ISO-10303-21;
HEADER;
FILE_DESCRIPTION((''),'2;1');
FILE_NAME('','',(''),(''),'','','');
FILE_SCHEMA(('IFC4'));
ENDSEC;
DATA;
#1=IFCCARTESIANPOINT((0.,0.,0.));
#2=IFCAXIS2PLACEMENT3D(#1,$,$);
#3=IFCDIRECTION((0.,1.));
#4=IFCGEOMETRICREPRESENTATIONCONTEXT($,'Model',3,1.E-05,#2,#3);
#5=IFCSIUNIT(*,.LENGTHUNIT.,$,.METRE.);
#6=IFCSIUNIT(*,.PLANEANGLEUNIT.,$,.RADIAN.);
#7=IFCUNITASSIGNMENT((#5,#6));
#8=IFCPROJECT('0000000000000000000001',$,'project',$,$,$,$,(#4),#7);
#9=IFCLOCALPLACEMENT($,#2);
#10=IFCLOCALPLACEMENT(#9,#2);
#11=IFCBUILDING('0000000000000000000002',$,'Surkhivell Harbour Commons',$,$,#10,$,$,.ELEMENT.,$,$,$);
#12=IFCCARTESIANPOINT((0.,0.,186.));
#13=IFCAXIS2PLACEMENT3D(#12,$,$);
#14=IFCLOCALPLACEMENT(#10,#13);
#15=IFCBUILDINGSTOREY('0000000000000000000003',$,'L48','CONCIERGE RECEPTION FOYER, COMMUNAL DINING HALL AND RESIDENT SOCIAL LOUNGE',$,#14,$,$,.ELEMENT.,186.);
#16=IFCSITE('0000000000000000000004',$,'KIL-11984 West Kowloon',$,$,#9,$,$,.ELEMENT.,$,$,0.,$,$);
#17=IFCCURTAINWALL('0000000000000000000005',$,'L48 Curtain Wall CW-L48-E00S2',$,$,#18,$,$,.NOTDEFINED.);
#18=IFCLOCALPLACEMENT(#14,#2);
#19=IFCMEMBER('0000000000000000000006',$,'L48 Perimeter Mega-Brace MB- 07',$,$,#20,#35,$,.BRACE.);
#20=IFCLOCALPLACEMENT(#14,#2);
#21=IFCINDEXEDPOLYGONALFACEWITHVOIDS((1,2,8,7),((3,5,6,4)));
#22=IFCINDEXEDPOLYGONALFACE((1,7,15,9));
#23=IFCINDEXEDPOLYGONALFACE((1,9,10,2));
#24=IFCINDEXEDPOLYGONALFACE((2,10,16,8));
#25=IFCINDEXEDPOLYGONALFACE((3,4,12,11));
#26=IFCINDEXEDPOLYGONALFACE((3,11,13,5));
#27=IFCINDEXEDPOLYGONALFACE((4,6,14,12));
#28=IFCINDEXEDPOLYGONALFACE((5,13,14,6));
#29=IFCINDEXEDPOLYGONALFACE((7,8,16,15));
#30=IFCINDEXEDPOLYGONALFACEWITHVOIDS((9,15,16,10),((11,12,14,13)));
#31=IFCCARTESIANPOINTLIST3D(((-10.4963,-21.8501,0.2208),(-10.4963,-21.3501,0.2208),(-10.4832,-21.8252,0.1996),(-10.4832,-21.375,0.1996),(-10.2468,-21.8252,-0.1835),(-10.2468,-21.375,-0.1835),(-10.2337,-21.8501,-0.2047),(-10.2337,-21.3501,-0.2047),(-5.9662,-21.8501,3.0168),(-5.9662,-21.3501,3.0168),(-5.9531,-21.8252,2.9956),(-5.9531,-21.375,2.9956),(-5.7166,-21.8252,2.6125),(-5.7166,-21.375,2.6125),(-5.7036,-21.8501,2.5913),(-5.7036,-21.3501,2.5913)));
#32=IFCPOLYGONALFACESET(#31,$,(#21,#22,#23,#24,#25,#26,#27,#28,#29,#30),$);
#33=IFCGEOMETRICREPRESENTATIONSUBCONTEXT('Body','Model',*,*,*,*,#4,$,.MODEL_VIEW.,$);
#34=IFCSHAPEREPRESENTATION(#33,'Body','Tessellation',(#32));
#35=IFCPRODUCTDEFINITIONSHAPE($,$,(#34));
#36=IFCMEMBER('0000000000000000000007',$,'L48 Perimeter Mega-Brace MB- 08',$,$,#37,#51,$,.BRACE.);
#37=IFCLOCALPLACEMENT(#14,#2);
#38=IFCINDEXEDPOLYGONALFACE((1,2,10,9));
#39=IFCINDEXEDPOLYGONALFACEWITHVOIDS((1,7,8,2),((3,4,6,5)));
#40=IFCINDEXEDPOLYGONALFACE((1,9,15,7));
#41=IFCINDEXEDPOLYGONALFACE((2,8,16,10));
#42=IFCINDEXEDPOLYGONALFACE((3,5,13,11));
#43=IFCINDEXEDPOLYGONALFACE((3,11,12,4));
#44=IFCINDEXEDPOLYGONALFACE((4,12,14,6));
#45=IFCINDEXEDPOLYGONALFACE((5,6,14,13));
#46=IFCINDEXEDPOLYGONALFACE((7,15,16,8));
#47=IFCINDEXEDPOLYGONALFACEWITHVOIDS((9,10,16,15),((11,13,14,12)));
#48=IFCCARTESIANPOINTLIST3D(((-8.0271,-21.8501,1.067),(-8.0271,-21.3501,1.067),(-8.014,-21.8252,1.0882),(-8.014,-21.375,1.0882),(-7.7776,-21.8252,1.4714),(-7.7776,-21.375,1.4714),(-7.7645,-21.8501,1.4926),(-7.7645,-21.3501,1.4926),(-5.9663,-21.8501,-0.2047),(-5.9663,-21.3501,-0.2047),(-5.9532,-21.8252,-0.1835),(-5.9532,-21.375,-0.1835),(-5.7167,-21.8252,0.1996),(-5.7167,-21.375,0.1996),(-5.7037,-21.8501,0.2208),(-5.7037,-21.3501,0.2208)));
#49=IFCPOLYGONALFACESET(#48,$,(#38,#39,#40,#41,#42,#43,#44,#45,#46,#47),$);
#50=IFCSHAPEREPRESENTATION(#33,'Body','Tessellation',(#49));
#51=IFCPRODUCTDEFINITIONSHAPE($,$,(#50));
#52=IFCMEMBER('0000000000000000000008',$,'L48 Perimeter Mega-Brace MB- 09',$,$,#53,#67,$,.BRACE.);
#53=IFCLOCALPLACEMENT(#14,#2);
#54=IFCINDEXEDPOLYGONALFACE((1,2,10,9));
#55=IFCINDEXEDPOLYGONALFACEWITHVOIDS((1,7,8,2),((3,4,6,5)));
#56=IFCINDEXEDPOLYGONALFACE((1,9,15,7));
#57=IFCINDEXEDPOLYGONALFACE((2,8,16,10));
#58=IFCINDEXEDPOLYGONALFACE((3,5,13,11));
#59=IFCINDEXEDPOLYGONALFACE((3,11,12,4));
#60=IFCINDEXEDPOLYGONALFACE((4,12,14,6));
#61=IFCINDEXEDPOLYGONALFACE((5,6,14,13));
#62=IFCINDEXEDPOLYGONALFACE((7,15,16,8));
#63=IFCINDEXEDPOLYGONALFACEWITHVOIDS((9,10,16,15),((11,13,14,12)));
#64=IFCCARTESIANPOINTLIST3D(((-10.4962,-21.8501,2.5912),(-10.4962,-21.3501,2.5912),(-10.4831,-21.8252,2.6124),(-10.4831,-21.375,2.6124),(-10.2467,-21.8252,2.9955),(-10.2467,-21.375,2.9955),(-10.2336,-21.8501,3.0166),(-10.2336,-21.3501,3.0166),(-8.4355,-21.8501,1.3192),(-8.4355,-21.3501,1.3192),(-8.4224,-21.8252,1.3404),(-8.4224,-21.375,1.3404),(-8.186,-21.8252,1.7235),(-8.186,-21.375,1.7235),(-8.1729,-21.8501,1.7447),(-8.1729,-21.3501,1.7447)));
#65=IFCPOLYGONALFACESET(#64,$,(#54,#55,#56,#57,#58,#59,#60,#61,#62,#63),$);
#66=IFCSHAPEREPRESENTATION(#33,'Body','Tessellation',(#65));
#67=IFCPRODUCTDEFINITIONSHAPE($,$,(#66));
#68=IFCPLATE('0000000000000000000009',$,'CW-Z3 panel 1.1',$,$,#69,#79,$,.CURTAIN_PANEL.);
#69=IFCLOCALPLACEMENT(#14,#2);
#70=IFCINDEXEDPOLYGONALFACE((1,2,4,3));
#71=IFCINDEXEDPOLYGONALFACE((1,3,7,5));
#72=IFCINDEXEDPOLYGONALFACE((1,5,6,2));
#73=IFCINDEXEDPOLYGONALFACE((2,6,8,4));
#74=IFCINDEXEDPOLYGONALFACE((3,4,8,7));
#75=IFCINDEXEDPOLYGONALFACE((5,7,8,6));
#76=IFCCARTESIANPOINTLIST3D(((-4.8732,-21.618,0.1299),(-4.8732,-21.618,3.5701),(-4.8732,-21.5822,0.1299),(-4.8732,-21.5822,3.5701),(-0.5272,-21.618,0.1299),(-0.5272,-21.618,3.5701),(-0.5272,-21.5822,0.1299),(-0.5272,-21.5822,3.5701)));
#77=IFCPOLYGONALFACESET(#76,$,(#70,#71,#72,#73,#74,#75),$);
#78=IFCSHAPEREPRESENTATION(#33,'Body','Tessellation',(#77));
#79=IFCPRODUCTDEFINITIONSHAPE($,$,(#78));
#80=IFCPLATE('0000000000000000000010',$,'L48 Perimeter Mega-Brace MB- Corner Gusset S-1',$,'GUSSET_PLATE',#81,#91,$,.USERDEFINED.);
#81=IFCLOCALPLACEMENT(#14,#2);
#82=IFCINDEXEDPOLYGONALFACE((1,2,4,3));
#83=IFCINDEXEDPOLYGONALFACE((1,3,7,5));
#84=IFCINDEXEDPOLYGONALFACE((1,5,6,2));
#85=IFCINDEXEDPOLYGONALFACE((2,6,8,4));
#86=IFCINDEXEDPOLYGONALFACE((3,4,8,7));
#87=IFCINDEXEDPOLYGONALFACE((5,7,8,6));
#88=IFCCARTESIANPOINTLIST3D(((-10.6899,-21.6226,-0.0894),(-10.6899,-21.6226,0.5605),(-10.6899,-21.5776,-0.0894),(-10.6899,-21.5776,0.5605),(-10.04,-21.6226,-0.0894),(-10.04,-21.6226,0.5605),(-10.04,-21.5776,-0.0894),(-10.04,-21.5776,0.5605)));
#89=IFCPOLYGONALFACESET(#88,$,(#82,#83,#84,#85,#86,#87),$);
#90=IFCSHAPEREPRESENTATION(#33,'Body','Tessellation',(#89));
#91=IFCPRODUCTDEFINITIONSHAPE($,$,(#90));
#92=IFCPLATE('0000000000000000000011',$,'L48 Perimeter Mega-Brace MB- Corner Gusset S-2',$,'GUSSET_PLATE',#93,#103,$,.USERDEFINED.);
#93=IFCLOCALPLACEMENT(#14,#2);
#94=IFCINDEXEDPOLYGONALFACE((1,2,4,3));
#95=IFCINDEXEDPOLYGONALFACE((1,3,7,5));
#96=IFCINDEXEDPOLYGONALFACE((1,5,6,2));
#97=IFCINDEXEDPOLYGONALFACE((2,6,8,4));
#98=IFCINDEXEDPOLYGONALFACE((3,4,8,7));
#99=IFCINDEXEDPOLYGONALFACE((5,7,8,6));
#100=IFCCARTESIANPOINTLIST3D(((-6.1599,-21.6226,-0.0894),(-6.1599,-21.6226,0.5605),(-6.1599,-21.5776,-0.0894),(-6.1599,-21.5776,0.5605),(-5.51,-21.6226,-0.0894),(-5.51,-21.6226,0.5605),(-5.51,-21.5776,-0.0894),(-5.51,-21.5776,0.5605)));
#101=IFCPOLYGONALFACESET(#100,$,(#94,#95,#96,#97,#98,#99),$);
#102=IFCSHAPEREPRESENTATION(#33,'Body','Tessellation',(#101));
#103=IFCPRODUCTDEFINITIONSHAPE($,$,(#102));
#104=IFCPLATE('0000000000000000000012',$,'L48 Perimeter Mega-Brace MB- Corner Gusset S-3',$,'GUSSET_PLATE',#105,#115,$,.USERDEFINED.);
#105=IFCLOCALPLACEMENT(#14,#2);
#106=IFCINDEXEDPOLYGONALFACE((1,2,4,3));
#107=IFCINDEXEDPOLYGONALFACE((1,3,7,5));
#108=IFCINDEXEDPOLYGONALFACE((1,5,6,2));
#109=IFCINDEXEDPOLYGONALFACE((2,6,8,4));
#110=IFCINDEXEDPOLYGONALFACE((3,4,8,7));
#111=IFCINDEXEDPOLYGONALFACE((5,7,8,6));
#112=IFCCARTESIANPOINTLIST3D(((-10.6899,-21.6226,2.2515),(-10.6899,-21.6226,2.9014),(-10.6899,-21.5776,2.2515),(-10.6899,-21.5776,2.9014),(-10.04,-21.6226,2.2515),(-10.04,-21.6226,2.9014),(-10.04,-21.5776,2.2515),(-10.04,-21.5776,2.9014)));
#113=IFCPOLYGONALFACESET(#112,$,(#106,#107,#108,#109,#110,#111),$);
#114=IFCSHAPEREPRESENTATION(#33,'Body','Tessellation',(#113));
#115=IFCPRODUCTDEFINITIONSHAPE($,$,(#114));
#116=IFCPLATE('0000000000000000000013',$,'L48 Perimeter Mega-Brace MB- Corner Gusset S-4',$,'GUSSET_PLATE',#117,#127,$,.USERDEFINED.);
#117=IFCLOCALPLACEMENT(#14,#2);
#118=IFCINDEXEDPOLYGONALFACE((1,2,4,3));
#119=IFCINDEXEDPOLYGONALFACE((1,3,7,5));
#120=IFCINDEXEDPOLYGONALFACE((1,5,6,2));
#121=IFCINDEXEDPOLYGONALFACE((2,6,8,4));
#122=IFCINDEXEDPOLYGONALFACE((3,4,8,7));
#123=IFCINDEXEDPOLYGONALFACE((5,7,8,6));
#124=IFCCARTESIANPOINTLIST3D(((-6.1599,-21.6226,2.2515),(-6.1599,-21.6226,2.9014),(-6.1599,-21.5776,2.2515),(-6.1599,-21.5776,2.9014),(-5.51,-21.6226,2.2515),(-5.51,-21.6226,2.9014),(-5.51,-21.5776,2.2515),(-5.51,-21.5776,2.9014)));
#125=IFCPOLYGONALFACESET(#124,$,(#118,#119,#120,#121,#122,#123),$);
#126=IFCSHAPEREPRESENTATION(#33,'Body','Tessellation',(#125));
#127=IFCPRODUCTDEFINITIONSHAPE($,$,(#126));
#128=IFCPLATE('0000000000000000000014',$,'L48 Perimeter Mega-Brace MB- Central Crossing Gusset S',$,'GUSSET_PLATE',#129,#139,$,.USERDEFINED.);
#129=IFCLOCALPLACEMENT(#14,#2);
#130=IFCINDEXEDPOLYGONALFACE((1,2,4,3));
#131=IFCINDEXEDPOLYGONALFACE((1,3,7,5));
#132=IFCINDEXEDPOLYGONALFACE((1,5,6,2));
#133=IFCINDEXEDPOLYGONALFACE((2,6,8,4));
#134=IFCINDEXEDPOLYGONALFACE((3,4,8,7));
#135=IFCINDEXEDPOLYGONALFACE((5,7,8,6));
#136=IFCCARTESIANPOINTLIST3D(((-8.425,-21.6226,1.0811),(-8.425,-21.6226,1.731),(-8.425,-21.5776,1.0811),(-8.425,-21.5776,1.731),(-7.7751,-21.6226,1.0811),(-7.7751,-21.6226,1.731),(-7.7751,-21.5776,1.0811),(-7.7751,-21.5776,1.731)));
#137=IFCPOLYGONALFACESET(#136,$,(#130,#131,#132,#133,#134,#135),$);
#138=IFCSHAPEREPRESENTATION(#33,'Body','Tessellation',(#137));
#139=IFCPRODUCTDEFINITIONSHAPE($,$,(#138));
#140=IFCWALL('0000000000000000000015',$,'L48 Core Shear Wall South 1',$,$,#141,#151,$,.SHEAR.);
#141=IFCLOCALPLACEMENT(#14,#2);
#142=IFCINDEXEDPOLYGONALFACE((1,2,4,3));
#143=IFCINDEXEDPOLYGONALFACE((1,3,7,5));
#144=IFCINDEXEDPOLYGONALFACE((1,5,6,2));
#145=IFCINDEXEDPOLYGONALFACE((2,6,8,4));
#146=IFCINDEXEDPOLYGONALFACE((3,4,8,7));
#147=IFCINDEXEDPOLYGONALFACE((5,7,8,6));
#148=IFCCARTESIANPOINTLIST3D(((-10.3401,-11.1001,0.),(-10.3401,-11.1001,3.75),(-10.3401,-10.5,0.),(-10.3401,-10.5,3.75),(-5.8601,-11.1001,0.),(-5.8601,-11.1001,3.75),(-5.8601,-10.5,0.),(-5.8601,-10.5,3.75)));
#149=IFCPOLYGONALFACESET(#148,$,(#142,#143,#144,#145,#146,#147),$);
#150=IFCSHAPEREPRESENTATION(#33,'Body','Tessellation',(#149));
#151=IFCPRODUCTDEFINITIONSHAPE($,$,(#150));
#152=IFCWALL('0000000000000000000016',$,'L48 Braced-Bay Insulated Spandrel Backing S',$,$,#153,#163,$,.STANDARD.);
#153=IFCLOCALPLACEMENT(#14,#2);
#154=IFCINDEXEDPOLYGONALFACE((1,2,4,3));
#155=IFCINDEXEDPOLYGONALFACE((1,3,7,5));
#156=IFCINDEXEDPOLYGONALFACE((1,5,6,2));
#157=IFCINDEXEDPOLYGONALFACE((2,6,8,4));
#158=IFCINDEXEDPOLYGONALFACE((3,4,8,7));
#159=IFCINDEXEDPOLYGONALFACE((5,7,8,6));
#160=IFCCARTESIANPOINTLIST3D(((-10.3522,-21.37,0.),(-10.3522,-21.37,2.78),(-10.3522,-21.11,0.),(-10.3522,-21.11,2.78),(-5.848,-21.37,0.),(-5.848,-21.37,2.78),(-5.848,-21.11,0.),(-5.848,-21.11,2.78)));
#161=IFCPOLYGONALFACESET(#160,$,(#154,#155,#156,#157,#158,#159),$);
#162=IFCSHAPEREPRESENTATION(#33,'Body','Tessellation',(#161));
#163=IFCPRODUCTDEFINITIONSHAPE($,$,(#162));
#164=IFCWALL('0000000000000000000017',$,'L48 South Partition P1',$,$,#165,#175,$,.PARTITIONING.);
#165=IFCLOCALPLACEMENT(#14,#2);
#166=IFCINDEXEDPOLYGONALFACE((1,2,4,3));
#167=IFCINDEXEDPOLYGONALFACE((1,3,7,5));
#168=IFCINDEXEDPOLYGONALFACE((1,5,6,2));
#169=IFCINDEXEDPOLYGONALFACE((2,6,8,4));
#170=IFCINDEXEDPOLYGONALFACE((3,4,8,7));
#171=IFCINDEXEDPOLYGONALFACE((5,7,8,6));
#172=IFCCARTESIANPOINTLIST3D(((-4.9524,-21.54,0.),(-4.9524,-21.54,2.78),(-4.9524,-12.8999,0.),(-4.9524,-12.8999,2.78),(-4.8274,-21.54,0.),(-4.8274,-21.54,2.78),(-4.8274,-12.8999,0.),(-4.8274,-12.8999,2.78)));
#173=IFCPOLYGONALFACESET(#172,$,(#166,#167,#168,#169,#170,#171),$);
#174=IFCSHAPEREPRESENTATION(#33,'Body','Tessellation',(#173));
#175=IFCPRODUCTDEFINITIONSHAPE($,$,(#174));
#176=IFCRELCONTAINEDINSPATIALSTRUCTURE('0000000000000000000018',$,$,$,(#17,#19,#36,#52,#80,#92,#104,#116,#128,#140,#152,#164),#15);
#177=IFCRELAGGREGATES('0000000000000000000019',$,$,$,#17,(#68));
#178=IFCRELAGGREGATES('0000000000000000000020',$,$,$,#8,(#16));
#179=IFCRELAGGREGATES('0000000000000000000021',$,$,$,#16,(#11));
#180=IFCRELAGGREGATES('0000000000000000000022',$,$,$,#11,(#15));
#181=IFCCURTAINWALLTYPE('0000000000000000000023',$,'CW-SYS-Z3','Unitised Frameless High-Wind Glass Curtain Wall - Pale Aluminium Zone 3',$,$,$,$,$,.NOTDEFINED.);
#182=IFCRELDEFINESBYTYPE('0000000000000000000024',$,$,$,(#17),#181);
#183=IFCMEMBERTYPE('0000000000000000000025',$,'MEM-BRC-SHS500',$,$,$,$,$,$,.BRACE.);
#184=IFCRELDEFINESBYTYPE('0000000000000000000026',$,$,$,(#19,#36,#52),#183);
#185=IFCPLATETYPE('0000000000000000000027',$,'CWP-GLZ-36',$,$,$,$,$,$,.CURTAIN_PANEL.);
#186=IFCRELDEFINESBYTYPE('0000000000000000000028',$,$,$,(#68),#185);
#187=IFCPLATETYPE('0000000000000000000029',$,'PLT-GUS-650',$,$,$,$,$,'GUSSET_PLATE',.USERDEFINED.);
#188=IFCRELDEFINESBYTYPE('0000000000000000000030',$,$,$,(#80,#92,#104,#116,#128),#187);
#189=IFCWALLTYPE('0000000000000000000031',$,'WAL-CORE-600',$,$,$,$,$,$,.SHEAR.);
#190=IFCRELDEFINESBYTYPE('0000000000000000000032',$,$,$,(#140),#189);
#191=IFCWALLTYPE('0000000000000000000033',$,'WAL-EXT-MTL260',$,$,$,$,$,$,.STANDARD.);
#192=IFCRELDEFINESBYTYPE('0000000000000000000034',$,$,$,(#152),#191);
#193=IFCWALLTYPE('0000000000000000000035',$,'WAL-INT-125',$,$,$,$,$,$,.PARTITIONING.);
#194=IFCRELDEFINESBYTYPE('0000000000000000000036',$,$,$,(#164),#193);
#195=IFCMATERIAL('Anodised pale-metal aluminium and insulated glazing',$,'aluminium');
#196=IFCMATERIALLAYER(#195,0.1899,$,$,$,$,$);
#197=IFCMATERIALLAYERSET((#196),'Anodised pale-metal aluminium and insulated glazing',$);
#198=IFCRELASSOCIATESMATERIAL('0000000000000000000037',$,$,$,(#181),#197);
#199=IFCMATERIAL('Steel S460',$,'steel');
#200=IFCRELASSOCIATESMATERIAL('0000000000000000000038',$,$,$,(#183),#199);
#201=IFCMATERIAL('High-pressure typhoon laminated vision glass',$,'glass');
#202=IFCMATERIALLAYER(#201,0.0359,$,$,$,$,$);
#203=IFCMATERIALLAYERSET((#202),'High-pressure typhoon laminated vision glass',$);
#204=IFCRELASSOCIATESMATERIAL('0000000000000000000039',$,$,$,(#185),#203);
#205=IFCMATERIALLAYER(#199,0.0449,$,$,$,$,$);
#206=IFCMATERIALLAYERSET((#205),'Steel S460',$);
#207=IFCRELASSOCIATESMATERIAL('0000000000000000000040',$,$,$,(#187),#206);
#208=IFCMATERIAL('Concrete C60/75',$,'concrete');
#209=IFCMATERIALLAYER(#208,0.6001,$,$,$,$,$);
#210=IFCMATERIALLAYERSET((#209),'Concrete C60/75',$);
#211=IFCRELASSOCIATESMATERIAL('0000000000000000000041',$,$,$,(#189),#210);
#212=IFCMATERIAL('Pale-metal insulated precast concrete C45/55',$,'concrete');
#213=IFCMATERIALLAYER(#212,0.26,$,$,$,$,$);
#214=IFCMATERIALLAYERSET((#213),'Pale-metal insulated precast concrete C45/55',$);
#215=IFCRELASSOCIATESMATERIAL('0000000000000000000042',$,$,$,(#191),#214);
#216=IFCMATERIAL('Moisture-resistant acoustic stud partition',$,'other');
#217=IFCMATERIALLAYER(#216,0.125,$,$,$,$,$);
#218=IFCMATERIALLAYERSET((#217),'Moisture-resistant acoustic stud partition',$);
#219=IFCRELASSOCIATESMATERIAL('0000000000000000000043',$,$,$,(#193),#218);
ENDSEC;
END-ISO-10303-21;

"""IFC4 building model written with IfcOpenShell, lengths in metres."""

from ifc_helpers import new_model, si_unit, direction, frame, frame_2d, origin, origin_2d, place, context, subcontext, project, spatial, rectangle, hollow_rectangle, extrude, material, layer, layer_set, material_profile, profile_set, type_object, element, aggregate, save


model = new_model("IFC4")

# Units and contexts
model_context = context("Model", 3, precision=1e-05, world=origin(), true_north=direction((0.0, 1.0)))
body_context = subcontext(model_context, "Body", "Model", "MODEL_VIEW")
ifc_project = project(units=[si_unit("LENGTHUNIT", "METRE"), si_unit("PLANEANGLEUNIT", "RADIAN")], contexts=[model_context])

# Site, building, storey
site_placement = place(None, origin())
site = spatial("IfcSite", under=ifc_project, at=site_placement, Name="KIL-11984 West Kowloon", CompositionType="ELEMENT", RefElevation=0.0)
building_placement = place(site_placement, origin())
building = spatial("IfcBuilding", under=site, at=building_placement, Name="Surkhivell Harbour Commons", CompositionType="ELEMENT")
storey_placement = place(building_placement, frame((0.0, 0.0, 186.0)))
storey = spatial("IfcBuildingStorey", under=building, at=storey_placement, Name="L48", Description="CONCIERGE RECEPTION FOYER, COMMUNAL DINING HALL AND RESIDENT SOCIAL LOUNGE", CompositionType="ELEMENT", Elevation=186.0)

# Shared definitions
ifc_material_1 = material(Name="Concrete C60/75", Category="concrete")

# Shared definitions
ifc_material_2 = material(Name="Anodised pale-metal aluminium and insulated glazing", Category="aluminium")
ifc_layer_1 = layer(ifc_material_2, 0.1899)
ifc_layer_set_1 = layer_set([ifc_layer_1], Name="Anodised pale-metal aluminium and insulated glazing")
curtain_wall_type = type_object("IfcCurtainWallType", Name="CW-SYS-Z3", Description="Unitised Frameless High-Wind Glass Curtain Wall - Pale Aluminium Zone 3", PredefinedType="NOTDEFINED", material=ifc_layer_set_1)

# Curtain wall
curtain_wall_1_placement = place(storey_placement, origin())
curtain_wall_1 = element("IfcCurtainWall", 1, at=curtain_wall_1_placement, inside=storey, type_object=curtain_wall_type, Name="L48 Curtain Wall CW-L48-E00S2", PredefinedType="NOTDEFINED")

# Members
ifc_material_3 = material(Name="Steel S460", Category="steel")
ifc_material_profile_1 = material_profile(ifc_material_3, hollow_rectangle(XDim=0.5, YDim=0.5, WallThickness=0.0249, at=origin_2d()), Name="SHS500x500x25")
ifc_profile_set_1 = profile_set([ifc_material_profile_1], Name="Steel S460")
member_type_1 = type_object("IfcMemberType", Name="MEM-BRC-SHS500", PredefinedType="BRACE", material=ifc_profile_set_1)
member_1_placement = place(storey_placement, frame((-10.365, -21.6001, 0.0081), z_axis=(0.850971, 0.0, 0.525213), x_axis=(0.0, 1.0, 0.0)))
element("IfcMember", 2, at=member_1_placement, inside=storey, type_object=member_type_1, Name="L48 Perimeter Mega-Brace MB- 07", PredefinedType="BRACE", context=body_context, shape_type="SweptSolid", body=[
    extrude(hollow_rectangle(XDim=0.5, YDim=0.5, WallThickness=0.0249, at=origin_2d()), origin(), (0.0, 0.0, 1.0), 5.3235),
])
for number, where, z_axis, x_axis, name in (
    (3, (-5.835, -21.6001, 0.0081), (-0.851003, 0.0, 0.52516), (0.0, -1.0, 0.0), "L48 Perimeter Mega-Brace MB- 08"),
    (4, (-8.3042, -21.6001, 1.532), (-0.850958, 0.0, 0.525233), (0.0, -1.0, 0.0), "L48 Perimeter Mega-Brace MB- 09"),
):
    element("IfcMember", number, at=place(storey_placement, frame(where, z_axis=z_axis, x_axis=x_axis)), inside=storey, type_object=member_type_1, Name=name, PredefinedType="BRACE", context=body_context, shape_type="SweptSolid", body=[
        extrude(hollow_rectangle(XDim=0.5, YDim=0.5, WallThickness=0.0249, at=origin_2d()), origin(), (0.0, 0.0, 1.0), 2.4216),
    ])

# Plate
ifc_material_4 = material(Name="High-pressure typhoon laminated vision glass", Category="glass")
ifc_layer_2 = layer(ifc_material_4, 0.0359)
ifc_layer_set_2 = layer_set([ifc_layer_2], Name="High-pressure typhoon laminated vision glass")
plate_type_1 = type_object("IfcPlateType", Name="CWP-GLZ-36", PredefinedType="CURTAIN_PANEL", material=ifc_layer_set_2)
plate_placement = place(storey_placement, frame((-4.873, -21.6001, 0.1299), z_axis=(0.0, 0.0, 1.0), x_axis=(1.0, 0.0, 0.0)))
plate = element("IfcPlate", 5, at=plate_placement, type_object=plate_type_1, Name="CW-Z3 panel 1.1", PredefinedType="CURTAIN_PANEL", context=body_context, shape_type="SweptSolid", body=[
    extrude(rectangle(XDim=4.3459, YDim=0.0359, at=frame_2d((2.1729, 0.0))), origin(), (0.0, 0.0, 1.0), 3.4402),
])
aggregate(curtain_wall_1, [plate])

# Plates
ifc_layer_3 = layer(ifc_material_3, 0.0449)
ifc_layer_set_3 = layer_set([ifc_layer_3], Name="Steel S460")
plate_type_2 = type_object("IfcPlateType", Name="PLT-GUS-650", ElementType="GUSSET_PLATE", PredefinedType="USERDEFINED", material=ifc_layer_set_3)
for number, where, z_axis, x_axis, name in (
    (6, (-10.365, -21.6001, -0.0894), (0.0, 0.0, 1.0), (1.0, 0.0, 0.0), "L48 Perimeter Mega-Brace MB- Corner Gusset S-1"),
    (7, (-5.835, -21.6001, -0.0894), (0.0, 0.0, 1.0), (1.0, 0.0, 0.0), "L48 Perimeter Mega-Brace MB- Corner Gusset S-2"),
    (8, (-10.365, -21.6001, 2.2515), (0.0, 0.0, 1.0), (1.0, 0.0, 0.0), "L48 Perimeter Mega-Brace MB- Corner Gusset S-3"),
    (9, (-5.835, -21.6001, 2.2515), (0.0, 0.0, 1.0), (1.0, 0.0, 0.0), "L48 Perimeter Mega-Brace MB- Corner Gusset S-4"),
    (10, (-8.1001, -21.6001, 1.0811), (0.0, 0.0, 1.0), (1.0, 0.0, 0.0), "L48 Perimeter Mega-Brace MB- Central Crossing Gusset S"),
):
    element("IfcPlate", number, at=place(storey_placement, frame(where, z_axis=z_axis, x_axis=x_axis)), inside=storey, type_object=plate_type_2, Name=name, ObjectType="GUSSET_PLATE", PredefinedType="USERDEFINED", context=body_context, shape_type="SweptSolid", body=[
        extrude(rectangle(XDim=0.6499, YDim=0.0449, at=origin_2d()), origin(), (0.0, 0.0, 1.0), 0.6499),
    ])

# Walls
ifc_layer_4 = layer(ifc_material_1, 0.6001)
ifc_layer_set_4 = layer_set([ifc_layer_4], Name="Concrete C60/75")
wall_type_1 = type_object("IfcWallType", Name="WAL-CORE-600", PredefinedType="SHEAR", material=ifc_layer_set_4)
wall_1_placement = place(storey_placement, frame((-10.3401, -10.8, 0.0), z_axis=(0.0, 0.0, 1.0), x_axis=(1.0, 0.0, 0.0)))
element("IfcWall", 11, at=wall_1_placement, inside=storey, type_object=wall_type_1, Name="L48 Core Shear Wall South 1", PredefinedType="SHEAR", context=body_context, shape_type="SweptSolid", body=[
    extrude(rectangle(XDim=4.48, YDim=0.6001, at=frame_2d((2.24, 0.0))), origin(), (0.0, 0.0, 1.0), 3.75),
])
ifc_material_5 = material(Name="Pale-metal insulated precast concrete C45/55", Category="concrete")
ifc_layer_5 = layer(ifc_material_5, 0.26)
ifc_layer_set_5 = layer_set([ifc_layer_5], Name="Pale-metal insulated precast concrete C45/55")
wall_type_2 = type_object("IfcWallType", Name="WAL-EXT-MTL260", PredefinedType="STANDARD", material=ifc_layer_set_5)
wall_2_placement = place(storey_placement, frame((-10.3521, -21.24, 0.0), z_axis=(0.0, 0.0, 1.0), x_axis=(1.0, 0.0, 0.0)))
element("IfcWall", 12, at=wall_2_placement, inside=storey, type_object=wall_type_2, Name="L48 Braced-Bay Insulated Spandrel Backing S", PredefinedType="STANDARD", context=body_context, shape_type="SweptSolid", body=[
    extrude(rectangle(XDim=4.5042, YDim=0.26, at=frame_2d((2.252, 0.0))), origin(), (0.0, 0.0, 1.0), 2.78),
])
ifc_material_6 = material(Name="Moisture-resistant acoustic stud partition", Category="other")
ifc_layer_6 = layer(ifc_material_6, 0.125)
ifc_layer_set_6 = layer_set([ifc_layer_6], Name="Moisture-resistant acoustic stud partition")
wall_type_3 = type_object("IfcWallType", Name="WAL-INT-125", PredefinedType="PARTITIONING", material=ifc_layer_set_6)
wall_3_placement = place(storey_placement, frame((-4.8899, -21.54, 0.0), z_axis=(0.0, 0.0, 1.0), x_axis=(0.0, 1.0, 0.0)))
element("IfcWall", 13, at=wall_3_placement, inside=storey, type_object=wall_type_3, Name="L48 South Partition P1", PredefinedType="PARTITIONING", context=body_context, shape_type="SweptSolid", body=[
    extrude(rectangle(XDim=8.6401, YDim=0.125, at=frame_2d((4.3201, 0.0))), origin(), (0.0, 0.0, 1.0), 2.78),
])

save(model, "model.ifc")
